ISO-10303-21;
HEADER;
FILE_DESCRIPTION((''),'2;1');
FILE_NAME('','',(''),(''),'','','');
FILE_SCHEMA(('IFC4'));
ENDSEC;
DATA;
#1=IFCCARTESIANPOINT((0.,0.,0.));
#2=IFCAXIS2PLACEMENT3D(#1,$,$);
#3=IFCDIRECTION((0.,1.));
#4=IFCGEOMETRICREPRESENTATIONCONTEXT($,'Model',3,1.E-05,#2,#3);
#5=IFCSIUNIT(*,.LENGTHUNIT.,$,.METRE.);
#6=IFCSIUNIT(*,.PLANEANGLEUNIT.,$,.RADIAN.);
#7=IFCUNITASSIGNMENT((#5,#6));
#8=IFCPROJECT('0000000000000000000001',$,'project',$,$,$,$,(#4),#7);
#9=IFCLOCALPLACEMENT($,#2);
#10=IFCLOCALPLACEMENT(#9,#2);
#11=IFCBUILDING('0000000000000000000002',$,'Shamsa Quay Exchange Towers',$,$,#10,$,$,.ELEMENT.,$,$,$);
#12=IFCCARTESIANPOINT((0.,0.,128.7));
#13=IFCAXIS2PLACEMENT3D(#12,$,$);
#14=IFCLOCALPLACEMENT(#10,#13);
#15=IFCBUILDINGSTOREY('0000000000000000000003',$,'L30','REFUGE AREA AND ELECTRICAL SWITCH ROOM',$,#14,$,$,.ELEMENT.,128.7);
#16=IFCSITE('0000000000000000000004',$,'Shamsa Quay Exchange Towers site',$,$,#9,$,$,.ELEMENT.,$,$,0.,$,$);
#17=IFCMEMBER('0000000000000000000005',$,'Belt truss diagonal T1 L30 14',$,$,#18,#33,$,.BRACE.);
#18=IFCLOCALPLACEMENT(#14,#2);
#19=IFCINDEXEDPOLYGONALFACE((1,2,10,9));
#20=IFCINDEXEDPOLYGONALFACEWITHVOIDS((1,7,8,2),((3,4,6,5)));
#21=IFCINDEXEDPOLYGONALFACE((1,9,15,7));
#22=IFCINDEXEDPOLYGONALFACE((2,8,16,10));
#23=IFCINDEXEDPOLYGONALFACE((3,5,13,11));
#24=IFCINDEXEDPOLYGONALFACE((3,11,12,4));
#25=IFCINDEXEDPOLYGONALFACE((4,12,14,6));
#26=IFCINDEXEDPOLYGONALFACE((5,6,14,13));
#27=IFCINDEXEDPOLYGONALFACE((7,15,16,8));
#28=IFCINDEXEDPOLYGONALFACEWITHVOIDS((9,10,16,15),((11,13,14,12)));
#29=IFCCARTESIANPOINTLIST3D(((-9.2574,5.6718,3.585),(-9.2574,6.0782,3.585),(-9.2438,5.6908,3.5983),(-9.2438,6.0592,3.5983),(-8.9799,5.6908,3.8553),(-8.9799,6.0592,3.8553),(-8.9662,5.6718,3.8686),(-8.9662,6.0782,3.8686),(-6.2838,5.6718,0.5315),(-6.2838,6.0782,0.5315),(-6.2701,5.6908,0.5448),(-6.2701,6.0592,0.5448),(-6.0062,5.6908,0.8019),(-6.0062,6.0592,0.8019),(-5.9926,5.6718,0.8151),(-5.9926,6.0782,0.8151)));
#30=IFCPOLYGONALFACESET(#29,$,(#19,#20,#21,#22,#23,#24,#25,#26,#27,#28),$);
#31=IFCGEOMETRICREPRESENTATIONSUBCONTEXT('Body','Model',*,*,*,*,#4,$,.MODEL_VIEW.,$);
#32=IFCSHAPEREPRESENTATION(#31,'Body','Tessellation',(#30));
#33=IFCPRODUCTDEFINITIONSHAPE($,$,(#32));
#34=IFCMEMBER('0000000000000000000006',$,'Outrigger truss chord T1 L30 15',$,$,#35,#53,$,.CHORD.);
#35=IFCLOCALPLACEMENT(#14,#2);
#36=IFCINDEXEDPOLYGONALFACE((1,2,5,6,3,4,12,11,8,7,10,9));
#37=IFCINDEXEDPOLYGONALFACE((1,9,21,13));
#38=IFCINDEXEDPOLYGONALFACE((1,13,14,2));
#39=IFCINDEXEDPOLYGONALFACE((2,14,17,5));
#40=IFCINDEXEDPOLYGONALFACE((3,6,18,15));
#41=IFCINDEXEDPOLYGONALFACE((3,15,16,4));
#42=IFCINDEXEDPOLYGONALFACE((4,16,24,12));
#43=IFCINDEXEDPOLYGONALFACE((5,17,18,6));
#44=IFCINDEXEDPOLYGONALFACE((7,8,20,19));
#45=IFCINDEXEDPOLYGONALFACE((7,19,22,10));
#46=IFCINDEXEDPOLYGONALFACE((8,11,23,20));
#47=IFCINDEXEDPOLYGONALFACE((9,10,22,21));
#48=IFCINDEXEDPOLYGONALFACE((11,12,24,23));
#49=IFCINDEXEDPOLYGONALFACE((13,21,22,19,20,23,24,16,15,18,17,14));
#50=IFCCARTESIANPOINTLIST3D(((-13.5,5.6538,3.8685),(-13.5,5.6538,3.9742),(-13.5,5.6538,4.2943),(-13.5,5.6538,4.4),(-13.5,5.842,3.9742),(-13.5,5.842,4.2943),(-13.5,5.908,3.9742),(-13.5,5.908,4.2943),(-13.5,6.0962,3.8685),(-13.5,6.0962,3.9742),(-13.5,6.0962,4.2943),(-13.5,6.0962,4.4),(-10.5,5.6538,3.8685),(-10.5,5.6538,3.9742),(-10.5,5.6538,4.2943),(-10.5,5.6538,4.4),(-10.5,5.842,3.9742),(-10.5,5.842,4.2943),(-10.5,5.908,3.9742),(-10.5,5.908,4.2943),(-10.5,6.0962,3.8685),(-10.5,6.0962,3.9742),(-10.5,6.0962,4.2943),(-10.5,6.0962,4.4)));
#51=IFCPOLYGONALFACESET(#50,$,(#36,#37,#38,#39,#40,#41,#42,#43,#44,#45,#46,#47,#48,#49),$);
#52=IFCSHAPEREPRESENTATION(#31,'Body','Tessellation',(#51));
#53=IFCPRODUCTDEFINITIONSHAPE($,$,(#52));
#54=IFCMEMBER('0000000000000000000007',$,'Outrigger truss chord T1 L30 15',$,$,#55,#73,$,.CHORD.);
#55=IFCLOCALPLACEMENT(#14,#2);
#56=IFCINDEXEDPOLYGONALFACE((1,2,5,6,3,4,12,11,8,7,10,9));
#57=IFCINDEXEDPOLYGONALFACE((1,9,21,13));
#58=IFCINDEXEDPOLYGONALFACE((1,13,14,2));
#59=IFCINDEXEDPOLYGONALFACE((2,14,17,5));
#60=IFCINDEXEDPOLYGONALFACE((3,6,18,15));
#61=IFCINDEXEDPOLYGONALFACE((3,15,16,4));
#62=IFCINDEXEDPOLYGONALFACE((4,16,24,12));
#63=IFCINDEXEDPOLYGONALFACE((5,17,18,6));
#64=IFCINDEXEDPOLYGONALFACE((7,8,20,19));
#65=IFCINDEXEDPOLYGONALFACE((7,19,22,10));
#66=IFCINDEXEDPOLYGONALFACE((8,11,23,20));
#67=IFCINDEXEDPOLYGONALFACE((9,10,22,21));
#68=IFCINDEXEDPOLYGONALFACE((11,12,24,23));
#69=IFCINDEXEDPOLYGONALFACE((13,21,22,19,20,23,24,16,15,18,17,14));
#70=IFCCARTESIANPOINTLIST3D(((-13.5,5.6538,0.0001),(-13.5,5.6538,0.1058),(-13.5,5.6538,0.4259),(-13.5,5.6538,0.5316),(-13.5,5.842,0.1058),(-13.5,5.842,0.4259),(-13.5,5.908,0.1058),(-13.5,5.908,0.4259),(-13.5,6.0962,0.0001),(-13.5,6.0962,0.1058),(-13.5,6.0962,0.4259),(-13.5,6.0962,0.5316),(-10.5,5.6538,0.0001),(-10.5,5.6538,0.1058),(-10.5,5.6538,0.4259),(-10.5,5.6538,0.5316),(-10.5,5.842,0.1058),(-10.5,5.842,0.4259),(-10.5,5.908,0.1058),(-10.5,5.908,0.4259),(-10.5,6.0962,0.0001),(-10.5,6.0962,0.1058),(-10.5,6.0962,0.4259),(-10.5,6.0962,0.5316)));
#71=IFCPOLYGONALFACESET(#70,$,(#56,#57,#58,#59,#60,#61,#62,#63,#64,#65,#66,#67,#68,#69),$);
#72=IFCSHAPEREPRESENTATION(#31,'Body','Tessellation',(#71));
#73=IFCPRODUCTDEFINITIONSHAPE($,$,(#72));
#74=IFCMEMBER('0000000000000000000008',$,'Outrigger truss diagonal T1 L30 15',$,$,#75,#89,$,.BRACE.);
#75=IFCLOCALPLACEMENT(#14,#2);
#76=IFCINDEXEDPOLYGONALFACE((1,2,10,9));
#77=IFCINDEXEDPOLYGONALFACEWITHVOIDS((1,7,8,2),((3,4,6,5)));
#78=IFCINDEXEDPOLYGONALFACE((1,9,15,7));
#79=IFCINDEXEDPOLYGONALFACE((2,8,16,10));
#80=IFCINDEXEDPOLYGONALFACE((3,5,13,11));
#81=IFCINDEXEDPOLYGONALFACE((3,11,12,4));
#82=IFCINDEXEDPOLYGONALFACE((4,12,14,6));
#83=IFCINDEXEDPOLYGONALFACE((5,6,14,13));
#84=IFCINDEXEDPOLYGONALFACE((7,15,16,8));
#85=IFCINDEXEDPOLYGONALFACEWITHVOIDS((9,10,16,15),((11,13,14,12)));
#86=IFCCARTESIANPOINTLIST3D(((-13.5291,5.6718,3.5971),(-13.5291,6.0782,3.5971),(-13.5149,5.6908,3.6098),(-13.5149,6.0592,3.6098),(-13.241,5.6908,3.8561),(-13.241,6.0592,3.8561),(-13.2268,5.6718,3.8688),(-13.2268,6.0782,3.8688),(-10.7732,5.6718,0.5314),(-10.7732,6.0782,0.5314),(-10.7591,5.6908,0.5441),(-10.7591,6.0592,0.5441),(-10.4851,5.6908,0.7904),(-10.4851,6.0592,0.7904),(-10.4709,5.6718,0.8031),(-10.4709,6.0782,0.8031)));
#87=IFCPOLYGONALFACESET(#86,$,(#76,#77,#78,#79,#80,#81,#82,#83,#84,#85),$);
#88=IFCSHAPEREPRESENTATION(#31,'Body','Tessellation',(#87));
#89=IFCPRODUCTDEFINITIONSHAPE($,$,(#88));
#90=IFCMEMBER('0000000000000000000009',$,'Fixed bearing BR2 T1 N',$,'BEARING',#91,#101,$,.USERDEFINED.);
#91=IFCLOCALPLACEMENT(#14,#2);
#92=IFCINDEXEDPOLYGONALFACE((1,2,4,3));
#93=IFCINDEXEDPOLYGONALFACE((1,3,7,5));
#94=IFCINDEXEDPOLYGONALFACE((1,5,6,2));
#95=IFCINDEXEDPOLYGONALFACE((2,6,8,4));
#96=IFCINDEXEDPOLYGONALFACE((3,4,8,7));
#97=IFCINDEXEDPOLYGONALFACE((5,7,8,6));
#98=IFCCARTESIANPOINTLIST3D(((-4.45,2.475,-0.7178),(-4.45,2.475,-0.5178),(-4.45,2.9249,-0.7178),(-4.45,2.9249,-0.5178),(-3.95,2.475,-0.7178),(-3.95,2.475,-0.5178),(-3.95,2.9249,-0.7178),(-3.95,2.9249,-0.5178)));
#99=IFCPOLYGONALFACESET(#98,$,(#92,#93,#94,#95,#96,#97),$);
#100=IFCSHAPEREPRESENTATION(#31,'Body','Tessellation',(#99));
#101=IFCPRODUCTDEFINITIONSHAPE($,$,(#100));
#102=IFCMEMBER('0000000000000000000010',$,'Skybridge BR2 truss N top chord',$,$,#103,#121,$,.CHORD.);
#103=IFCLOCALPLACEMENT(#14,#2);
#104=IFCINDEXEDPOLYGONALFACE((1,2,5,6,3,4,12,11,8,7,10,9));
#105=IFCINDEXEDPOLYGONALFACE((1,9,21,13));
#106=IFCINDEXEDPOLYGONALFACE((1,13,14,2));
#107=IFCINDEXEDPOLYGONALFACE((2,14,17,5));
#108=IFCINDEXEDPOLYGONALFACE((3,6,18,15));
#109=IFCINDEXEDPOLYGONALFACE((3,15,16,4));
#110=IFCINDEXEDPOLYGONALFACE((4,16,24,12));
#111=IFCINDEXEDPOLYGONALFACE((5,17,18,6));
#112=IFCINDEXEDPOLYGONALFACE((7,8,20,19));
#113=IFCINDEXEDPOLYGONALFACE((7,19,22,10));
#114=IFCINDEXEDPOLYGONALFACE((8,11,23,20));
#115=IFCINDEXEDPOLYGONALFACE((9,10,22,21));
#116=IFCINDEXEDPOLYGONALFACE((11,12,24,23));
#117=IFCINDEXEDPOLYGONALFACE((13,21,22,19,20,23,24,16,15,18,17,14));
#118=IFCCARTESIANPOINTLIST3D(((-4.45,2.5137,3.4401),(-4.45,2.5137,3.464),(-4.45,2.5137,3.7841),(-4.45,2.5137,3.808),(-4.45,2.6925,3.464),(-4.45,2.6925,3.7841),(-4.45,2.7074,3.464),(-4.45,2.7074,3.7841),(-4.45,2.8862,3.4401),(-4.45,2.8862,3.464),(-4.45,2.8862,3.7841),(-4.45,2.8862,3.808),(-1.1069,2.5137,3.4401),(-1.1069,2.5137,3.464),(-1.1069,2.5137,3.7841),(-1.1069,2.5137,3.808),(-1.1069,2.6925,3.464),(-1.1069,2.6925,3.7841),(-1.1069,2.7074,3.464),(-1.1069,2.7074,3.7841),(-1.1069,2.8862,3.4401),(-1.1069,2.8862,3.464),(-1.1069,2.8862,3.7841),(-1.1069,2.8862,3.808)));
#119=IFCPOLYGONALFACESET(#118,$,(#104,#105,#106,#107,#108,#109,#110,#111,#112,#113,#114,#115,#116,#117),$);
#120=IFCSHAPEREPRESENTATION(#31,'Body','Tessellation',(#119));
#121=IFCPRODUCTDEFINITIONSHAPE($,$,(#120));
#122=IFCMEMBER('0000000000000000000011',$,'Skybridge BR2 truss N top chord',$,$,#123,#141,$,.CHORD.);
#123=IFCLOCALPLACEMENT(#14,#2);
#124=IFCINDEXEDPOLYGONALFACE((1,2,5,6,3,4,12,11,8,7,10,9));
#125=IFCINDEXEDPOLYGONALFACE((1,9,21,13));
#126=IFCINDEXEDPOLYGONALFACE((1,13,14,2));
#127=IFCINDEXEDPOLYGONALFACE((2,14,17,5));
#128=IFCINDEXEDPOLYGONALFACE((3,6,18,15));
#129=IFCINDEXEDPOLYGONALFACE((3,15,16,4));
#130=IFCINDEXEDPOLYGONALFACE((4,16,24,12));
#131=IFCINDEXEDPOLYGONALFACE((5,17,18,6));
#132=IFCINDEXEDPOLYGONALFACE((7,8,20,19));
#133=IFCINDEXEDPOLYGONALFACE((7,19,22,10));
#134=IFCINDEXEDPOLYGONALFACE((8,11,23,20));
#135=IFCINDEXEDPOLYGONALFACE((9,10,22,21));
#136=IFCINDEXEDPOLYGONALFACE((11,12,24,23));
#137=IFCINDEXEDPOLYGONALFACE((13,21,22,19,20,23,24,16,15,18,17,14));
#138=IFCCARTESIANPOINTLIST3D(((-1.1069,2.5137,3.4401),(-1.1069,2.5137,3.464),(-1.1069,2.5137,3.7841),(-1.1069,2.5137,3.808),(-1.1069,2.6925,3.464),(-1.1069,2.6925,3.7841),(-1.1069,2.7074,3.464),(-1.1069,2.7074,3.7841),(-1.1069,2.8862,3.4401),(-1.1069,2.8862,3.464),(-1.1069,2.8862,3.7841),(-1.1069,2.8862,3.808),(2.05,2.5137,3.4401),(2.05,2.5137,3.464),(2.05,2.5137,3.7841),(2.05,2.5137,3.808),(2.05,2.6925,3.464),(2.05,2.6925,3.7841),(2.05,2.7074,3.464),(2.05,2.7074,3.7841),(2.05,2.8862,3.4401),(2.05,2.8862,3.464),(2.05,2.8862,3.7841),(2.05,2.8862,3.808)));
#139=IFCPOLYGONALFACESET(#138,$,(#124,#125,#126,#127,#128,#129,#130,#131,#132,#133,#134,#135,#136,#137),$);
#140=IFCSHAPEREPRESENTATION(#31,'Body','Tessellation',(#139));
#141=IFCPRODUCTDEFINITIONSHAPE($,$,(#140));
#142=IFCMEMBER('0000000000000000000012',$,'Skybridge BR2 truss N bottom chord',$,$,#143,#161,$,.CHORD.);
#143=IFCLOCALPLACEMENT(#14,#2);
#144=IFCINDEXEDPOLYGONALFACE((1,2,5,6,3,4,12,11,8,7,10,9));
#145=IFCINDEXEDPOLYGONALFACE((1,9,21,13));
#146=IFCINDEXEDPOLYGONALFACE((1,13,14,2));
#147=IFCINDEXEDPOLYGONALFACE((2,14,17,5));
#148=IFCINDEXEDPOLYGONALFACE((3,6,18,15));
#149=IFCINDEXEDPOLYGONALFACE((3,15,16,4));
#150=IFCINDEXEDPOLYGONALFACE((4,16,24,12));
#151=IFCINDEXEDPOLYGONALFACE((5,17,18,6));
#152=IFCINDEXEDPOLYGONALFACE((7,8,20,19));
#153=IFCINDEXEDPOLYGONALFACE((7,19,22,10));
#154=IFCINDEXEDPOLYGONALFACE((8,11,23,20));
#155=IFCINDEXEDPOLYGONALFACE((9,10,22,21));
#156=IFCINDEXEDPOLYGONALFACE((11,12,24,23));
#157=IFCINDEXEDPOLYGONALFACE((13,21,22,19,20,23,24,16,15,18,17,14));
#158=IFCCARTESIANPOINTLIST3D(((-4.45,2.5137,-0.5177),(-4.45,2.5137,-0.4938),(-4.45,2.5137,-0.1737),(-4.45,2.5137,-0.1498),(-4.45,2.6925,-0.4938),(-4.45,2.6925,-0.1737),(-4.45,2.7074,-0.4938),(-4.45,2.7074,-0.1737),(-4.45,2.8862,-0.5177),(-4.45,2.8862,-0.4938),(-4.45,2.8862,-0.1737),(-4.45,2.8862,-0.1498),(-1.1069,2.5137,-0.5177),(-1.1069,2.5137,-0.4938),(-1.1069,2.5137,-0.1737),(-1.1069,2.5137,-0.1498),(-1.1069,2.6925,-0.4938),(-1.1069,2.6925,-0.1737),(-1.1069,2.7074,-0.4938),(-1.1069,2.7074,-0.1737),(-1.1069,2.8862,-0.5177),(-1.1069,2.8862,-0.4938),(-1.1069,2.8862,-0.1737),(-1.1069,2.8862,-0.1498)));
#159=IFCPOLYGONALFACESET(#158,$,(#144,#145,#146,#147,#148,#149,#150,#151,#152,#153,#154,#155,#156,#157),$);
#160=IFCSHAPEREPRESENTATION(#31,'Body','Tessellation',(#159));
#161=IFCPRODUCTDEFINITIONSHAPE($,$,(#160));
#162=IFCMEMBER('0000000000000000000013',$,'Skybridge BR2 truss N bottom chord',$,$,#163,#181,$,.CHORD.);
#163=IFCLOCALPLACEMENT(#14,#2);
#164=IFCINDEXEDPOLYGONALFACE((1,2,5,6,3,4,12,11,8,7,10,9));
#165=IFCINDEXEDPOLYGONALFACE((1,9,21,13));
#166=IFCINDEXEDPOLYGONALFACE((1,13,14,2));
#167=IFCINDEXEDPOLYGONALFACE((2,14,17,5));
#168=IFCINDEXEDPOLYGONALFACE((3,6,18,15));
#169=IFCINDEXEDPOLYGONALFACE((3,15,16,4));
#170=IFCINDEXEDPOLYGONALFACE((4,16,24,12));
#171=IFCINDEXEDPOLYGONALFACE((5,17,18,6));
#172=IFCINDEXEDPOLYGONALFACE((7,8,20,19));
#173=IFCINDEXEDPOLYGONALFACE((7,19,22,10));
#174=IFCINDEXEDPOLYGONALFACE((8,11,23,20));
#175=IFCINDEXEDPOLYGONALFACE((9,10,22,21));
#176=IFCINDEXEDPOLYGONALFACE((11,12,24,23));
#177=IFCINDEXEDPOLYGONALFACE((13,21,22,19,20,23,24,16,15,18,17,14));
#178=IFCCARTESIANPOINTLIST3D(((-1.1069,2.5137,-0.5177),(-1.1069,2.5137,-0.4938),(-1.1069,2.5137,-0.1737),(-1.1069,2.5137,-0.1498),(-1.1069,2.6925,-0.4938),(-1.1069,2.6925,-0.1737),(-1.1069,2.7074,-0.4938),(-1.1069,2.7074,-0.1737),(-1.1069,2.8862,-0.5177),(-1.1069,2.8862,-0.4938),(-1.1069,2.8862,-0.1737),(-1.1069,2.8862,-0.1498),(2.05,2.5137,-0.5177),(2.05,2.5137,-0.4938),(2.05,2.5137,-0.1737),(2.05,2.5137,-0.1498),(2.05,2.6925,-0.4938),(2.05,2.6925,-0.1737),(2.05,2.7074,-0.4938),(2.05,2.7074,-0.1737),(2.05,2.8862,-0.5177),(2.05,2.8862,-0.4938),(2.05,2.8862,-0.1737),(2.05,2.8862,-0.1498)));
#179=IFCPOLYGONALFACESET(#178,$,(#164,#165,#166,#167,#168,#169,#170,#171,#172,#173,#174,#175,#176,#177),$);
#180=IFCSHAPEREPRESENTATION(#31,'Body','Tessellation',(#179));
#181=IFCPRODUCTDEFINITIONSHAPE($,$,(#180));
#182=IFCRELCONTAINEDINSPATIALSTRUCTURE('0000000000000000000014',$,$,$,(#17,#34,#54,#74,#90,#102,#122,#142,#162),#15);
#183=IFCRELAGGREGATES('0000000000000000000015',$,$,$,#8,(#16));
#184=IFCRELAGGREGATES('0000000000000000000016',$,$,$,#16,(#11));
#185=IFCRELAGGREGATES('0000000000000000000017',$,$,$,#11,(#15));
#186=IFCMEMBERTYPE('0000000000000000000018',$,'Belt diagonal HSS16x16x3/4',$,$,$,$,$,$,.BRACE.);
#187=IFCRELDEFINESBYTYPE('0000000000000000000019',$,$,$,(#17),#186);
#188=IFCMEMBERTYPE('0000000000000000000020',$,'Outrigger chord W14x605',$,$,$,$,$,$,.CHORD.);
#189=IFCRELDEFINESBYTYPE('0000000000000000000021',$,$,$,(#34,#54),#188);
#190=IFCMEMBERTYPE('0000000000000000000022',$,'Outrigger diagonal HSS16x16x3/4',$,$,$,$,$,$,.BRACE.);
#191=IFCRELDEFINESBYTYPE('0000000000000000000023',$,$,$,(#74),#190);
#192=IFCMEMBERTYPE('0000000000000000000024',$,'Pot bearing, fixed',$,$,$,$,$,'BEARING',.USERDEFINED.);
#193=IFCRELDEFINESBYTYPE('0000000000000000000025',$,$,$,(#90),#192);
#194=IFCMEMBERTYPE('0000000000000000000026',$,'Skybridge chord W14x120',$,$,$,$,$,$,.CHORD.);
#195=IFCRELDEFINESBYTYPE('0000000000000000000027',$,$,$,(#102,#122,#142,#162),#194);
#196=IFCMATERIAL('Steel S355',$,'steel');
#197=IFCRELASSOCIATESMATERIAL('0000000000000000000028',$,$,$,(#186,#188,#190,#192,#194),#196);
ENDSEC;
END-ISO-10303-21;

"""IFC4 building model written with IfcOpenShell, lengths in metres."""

from ifc_helpers import new_model, si_unit, direction, frame, origin, origin_2d, place, context, subcontext, project, spatial, rectangle, hollow_rectangle, i_section, extrude, material, material_profile, profile_set, type_object, element, save


model = new_model("IFC4")

# Units and contexts
model_context = context("Model", 3, precision=1e-05, world=origin(), true_north=direction((0.0, 1.0)))
body_context = subcontext(model_context, "Body", "Model", "MODEL_VIEW")
ifc_project = project(units=[si_unit("LENGTHUNIT", "METRE"), si_unit("PLANEANGLEUNIT", "RADIAN")], contexts=[model_context])

# Site, building, storey
site_placement = place(None, origin())
site = spatial("IfcSite", under=ifc_project, at=site_placement, Name="Shamsa Quay Exchange Towers site", CompositionType="ELEMENT", RefElevation=0.0)
building_placement = place(site_placement, origin())
building = spatial("IfcBuilding", under=site, at=building_placement, Name="Shamsa Quay Exchange Towers", CompositionType="ELEMENT")
storey_placement = place(building_placement, frame((0.0, 0.0, 128.7)))
storey = spatial("IfcBuildingStorey", under=building, at=storey_placement, Name="L30", Description="REFUGE AREA AND ELECTRICAL SWITCH ROOM", CompositionType="ELEMENT", Elevation=128.7)

# Members
ifc_material_1 = material(Name="Steel S355", Category="steel")
ifc_material_profile_1 = material_profile(ifc_material_1, hollow_rectangle(XDim=0.4065, YDim=0.4065, WallThickness=0.019, at=origin_2d()), Name="HSS16x16x3/4")
ifc_profile_set_1 = profile_set([ifc_material_profile_1], Name="Steel S355")
member_type_1 = type_object("IfcMemberType", Name="Belt diagonal HSS16x16x3/4", PredefinedType="BRACE", material=ifc_profile_set_1)
member_1_placement = place(storey_placement, frame((-6.1382, 5.875, 0.6733), z_axis=(-0.697679, 0.0, 0.71641), x_axis=(0.0, -1.0, 0.0)))
element("IfcMember", 1, at=member_1_placement, inside=storey, type_object=member_type_1, Name="Belt truss diagonal T1 L30 14", PredefinedType="BRACE", context=body_context, shape_type="SweptSolid", body=[
    extrude(hollow_rectangle(XDim=0.4065, YDim=0.4065, WallThickness=0.019, at=origin_2d()), origin(), (0.0, 0.0, 1.0), 4.2622),
])
ifc_material_profile_2 = material_profile(ifc_material_1, i_section(OverallWidth=0.4424, OverallDepth=0.5315, WebThickness=0.0659, FlangeThickness=0.1057, at=origin_2d()), Name="W14x605")
ifc_profile_set_2 = profile_set([ifc_material_profile_2], Name="Steel S355")
member_type_2 = type_object("IfcMemberType", Name="Outrigger chord W14x605", PredefinedType="CHORD", material=ifc_profile_set_2)
for number, where, z_axis, x_axis, name in (
    (2, (-10.5, 5.875, 4.1343), (-1.0, 0.0, 0.0), (0.0, -1.0, 0.0), "Outrigger truss chord T1 L30 15"),
    (3, (-10.5, 5.875, 0.2659), (-1.0, 0.0, 0.0), (0.0, -1.0, 0.0), "Outrigger truss chord T1 L30 15"),
):
    element("IfcMember", number, at=place(storey_placement, frame(where, z_axis=z_axis, x_axis=x_axis)), inside=storey, type_object=member_type_2, Name=name, PredefinedType="CHORD", context=body_context, shape_type="SweptSolid", body=[
        extrude(i_section(OverallWidth=0.4424, OverallDepth=0.5315, WebThickness=0.0659, FlangeThickness=0.1057, at=origin_2d()), origin(), (0.0, 0.0, 1.0), 3.0),
    ])
ifc_material_profile_3 = material_profile(ifc_material_1, hollow_rectangle(XDim=0.4065, YDim=0.4065, WallThickness=0.019, at=origin_2d()), Name="HSS16x16x3/4")
ifc_profile_set_3 = profile_set([ifc_material_profile_3], Name="Steel S355")
member_type_3 = type_object("IfcMemberType", Name="Outrigger diagonal HSS16x16x3/4", PredefinedType="BRACE", material=ifc_profile_set_3)
member_2_placement = place(storey_placement, frame((-10.6221, 5.875, 0.6672), z_axis=(-0.668529, 0.0, 0.743686), x_axis=(0.0, -1.0, 0.0)))
element("IfcMember", 4, at=member_2_placement, inside=storey, type_object=member_type_3, Name="Outrigger truss diagonal T1 L30 15", PredefinedType="BRACE", context=body_context, shape_type="SweptSolid", body=[
    extrude(hollow_rectangle(XDim=0.4065, YDim=0.4065, WallThickness=0.019, at=origin_2d()), origin(), (0.0, 0.0, 1.0), 4.1223),
])
ifc_material_profile_4 = material_profile(ifc_material_1, rectangle(XDim=0.5, YDim=0.2, at=origin_2d()), Name="500x200")
ifc_profile_set_4 = profile_set([ifc_material_profile_4], Name="Steel S355")
member_type_4 = type_object("IfcMemberType", Name="Pot bearing, fixed", ElementType="BEARING", PredefinedType="USERDEFINED", material=ifc_profile_set_4)
member_3_placement = place(storey_placement, frame((-4.2, 2.7, -0.7178)))
element("IfcMember", 5, at=member_3_placement, inside=storey, type_object=member_type_4, Name="Fixed bearing BR2 T1 N", ObjectType="BEARING", PredefinedType="USERDEFINED", context=body_context, shape_type="SweptSolid", body=[
    extrude(rectangle(XDim=0.5, YDim=0.45, at=origin_2d()), origin(), (0.0, 0.0, 1.0), 0.2),
])
ifc_material_profile_5 = material_profile(ifc_material_1, i_section(OverallWidth=0.3726, OverallDepth=0.3679, WebThickness=0.0149, FlangeThickness=0.0239, at=origin_2d()), Name="W14x120")
ifc_profile_set_5 = profile_set([ifc_material_profile_5], Name="Steel S355")
member_type_5 = type_object("IfcMemberType", Name="Skybridge chord W14x120", PredefinedType="CHORD", material=ifc_profile_set_5)
member_4_placement = place(storey_placement, frame((-4.45, 2.7, 3.624), z_axis=(1.0, 0.0, 0.0), x_axis=(0.0, 1.0, 0.0)))
element("IfcMember", 6, at=member_4_placement, inside=storey, type_object=member_type_5, Name="Skybridge BR2 truss N top chord", PredefinedType="CHORD", context=body_context, shape_type="SweptSolid", body=[
    extrude(i_section(OverallWidth=0.3726, OverallDepth=0.3679, WebThickness=0.0149, FlangeThickness=0.0239, at=origin_2d()), origin(), (0.0, 0.0, 1.0), 3.343),
])
member_5_placement = place(storey_placement, frame((-1.1069, 2.7, 3.624), z_axis=(1.0, 0.0, 0.0), x_axis=(0.0, 1.0, 0.0)))
element("IfcMember", 7, at=member_5_placement, inside=storey, type_object=member_type_5, Name="Skybridge BR2 truss N top chord", PredefinedType="CHORD", context=body_context, shape_type="SweptSolid", body=[
    extrude(i_section(OverallWidth=0.3726, OverallDepth=0.3679, WebThickness=0.0149, FlangeThickness=0.0239, at=origin_2d()), origin(), (0.0, 0.0, 1.0), 3.157),
])
member_6_placement = place(storey_placement, frame((-4.45, 2.7, -0.3337), z_axis=(1.0, 0.0, 0.0), x_axis=(0.0, 1.0, 0.0)))
element("IfcMember", 8, at=member_6_placement, inside=storey, type_object=member_type_5, Name="Skybridge BR2 truss N bottom chord", PredefinedType="CHORD", context=body_context, shape_type="SweptSolid", body=[
    extrude(i_section(OverallWidth=0.3726, OverallDepth=0.3679, WebThickness=0.0149, FlangeThickness=0.0239, at=origin_2d()), origin(), (0.0, 0.0, 1.0), 3.343),
])
member_7_placement = place(storey_placement, frame((-1.1069, 2.7, -0.3337), z_axis=(1.0, 0.0, 0.0), x_axis=(0.0, 1.0, 0.0)))
element("IfcMember", 9, at=member_7_placement, inside=storey, type_object=member_type_5, Name="Skybridge BR2 truss N bottom chord", PredefinedType="CHORD", context=body_context, shape_type="SweptSolid", body=[
    extrude(i_section(OverallWidth=0.3726, OverallDepth=0.3679, WebThickness=0.0149, FlangeThickness=0.0239, at=origin_2d()), origin(), (0.0, 0.0, 1.0), 3.157),
])

save(model, "model.ifc")
